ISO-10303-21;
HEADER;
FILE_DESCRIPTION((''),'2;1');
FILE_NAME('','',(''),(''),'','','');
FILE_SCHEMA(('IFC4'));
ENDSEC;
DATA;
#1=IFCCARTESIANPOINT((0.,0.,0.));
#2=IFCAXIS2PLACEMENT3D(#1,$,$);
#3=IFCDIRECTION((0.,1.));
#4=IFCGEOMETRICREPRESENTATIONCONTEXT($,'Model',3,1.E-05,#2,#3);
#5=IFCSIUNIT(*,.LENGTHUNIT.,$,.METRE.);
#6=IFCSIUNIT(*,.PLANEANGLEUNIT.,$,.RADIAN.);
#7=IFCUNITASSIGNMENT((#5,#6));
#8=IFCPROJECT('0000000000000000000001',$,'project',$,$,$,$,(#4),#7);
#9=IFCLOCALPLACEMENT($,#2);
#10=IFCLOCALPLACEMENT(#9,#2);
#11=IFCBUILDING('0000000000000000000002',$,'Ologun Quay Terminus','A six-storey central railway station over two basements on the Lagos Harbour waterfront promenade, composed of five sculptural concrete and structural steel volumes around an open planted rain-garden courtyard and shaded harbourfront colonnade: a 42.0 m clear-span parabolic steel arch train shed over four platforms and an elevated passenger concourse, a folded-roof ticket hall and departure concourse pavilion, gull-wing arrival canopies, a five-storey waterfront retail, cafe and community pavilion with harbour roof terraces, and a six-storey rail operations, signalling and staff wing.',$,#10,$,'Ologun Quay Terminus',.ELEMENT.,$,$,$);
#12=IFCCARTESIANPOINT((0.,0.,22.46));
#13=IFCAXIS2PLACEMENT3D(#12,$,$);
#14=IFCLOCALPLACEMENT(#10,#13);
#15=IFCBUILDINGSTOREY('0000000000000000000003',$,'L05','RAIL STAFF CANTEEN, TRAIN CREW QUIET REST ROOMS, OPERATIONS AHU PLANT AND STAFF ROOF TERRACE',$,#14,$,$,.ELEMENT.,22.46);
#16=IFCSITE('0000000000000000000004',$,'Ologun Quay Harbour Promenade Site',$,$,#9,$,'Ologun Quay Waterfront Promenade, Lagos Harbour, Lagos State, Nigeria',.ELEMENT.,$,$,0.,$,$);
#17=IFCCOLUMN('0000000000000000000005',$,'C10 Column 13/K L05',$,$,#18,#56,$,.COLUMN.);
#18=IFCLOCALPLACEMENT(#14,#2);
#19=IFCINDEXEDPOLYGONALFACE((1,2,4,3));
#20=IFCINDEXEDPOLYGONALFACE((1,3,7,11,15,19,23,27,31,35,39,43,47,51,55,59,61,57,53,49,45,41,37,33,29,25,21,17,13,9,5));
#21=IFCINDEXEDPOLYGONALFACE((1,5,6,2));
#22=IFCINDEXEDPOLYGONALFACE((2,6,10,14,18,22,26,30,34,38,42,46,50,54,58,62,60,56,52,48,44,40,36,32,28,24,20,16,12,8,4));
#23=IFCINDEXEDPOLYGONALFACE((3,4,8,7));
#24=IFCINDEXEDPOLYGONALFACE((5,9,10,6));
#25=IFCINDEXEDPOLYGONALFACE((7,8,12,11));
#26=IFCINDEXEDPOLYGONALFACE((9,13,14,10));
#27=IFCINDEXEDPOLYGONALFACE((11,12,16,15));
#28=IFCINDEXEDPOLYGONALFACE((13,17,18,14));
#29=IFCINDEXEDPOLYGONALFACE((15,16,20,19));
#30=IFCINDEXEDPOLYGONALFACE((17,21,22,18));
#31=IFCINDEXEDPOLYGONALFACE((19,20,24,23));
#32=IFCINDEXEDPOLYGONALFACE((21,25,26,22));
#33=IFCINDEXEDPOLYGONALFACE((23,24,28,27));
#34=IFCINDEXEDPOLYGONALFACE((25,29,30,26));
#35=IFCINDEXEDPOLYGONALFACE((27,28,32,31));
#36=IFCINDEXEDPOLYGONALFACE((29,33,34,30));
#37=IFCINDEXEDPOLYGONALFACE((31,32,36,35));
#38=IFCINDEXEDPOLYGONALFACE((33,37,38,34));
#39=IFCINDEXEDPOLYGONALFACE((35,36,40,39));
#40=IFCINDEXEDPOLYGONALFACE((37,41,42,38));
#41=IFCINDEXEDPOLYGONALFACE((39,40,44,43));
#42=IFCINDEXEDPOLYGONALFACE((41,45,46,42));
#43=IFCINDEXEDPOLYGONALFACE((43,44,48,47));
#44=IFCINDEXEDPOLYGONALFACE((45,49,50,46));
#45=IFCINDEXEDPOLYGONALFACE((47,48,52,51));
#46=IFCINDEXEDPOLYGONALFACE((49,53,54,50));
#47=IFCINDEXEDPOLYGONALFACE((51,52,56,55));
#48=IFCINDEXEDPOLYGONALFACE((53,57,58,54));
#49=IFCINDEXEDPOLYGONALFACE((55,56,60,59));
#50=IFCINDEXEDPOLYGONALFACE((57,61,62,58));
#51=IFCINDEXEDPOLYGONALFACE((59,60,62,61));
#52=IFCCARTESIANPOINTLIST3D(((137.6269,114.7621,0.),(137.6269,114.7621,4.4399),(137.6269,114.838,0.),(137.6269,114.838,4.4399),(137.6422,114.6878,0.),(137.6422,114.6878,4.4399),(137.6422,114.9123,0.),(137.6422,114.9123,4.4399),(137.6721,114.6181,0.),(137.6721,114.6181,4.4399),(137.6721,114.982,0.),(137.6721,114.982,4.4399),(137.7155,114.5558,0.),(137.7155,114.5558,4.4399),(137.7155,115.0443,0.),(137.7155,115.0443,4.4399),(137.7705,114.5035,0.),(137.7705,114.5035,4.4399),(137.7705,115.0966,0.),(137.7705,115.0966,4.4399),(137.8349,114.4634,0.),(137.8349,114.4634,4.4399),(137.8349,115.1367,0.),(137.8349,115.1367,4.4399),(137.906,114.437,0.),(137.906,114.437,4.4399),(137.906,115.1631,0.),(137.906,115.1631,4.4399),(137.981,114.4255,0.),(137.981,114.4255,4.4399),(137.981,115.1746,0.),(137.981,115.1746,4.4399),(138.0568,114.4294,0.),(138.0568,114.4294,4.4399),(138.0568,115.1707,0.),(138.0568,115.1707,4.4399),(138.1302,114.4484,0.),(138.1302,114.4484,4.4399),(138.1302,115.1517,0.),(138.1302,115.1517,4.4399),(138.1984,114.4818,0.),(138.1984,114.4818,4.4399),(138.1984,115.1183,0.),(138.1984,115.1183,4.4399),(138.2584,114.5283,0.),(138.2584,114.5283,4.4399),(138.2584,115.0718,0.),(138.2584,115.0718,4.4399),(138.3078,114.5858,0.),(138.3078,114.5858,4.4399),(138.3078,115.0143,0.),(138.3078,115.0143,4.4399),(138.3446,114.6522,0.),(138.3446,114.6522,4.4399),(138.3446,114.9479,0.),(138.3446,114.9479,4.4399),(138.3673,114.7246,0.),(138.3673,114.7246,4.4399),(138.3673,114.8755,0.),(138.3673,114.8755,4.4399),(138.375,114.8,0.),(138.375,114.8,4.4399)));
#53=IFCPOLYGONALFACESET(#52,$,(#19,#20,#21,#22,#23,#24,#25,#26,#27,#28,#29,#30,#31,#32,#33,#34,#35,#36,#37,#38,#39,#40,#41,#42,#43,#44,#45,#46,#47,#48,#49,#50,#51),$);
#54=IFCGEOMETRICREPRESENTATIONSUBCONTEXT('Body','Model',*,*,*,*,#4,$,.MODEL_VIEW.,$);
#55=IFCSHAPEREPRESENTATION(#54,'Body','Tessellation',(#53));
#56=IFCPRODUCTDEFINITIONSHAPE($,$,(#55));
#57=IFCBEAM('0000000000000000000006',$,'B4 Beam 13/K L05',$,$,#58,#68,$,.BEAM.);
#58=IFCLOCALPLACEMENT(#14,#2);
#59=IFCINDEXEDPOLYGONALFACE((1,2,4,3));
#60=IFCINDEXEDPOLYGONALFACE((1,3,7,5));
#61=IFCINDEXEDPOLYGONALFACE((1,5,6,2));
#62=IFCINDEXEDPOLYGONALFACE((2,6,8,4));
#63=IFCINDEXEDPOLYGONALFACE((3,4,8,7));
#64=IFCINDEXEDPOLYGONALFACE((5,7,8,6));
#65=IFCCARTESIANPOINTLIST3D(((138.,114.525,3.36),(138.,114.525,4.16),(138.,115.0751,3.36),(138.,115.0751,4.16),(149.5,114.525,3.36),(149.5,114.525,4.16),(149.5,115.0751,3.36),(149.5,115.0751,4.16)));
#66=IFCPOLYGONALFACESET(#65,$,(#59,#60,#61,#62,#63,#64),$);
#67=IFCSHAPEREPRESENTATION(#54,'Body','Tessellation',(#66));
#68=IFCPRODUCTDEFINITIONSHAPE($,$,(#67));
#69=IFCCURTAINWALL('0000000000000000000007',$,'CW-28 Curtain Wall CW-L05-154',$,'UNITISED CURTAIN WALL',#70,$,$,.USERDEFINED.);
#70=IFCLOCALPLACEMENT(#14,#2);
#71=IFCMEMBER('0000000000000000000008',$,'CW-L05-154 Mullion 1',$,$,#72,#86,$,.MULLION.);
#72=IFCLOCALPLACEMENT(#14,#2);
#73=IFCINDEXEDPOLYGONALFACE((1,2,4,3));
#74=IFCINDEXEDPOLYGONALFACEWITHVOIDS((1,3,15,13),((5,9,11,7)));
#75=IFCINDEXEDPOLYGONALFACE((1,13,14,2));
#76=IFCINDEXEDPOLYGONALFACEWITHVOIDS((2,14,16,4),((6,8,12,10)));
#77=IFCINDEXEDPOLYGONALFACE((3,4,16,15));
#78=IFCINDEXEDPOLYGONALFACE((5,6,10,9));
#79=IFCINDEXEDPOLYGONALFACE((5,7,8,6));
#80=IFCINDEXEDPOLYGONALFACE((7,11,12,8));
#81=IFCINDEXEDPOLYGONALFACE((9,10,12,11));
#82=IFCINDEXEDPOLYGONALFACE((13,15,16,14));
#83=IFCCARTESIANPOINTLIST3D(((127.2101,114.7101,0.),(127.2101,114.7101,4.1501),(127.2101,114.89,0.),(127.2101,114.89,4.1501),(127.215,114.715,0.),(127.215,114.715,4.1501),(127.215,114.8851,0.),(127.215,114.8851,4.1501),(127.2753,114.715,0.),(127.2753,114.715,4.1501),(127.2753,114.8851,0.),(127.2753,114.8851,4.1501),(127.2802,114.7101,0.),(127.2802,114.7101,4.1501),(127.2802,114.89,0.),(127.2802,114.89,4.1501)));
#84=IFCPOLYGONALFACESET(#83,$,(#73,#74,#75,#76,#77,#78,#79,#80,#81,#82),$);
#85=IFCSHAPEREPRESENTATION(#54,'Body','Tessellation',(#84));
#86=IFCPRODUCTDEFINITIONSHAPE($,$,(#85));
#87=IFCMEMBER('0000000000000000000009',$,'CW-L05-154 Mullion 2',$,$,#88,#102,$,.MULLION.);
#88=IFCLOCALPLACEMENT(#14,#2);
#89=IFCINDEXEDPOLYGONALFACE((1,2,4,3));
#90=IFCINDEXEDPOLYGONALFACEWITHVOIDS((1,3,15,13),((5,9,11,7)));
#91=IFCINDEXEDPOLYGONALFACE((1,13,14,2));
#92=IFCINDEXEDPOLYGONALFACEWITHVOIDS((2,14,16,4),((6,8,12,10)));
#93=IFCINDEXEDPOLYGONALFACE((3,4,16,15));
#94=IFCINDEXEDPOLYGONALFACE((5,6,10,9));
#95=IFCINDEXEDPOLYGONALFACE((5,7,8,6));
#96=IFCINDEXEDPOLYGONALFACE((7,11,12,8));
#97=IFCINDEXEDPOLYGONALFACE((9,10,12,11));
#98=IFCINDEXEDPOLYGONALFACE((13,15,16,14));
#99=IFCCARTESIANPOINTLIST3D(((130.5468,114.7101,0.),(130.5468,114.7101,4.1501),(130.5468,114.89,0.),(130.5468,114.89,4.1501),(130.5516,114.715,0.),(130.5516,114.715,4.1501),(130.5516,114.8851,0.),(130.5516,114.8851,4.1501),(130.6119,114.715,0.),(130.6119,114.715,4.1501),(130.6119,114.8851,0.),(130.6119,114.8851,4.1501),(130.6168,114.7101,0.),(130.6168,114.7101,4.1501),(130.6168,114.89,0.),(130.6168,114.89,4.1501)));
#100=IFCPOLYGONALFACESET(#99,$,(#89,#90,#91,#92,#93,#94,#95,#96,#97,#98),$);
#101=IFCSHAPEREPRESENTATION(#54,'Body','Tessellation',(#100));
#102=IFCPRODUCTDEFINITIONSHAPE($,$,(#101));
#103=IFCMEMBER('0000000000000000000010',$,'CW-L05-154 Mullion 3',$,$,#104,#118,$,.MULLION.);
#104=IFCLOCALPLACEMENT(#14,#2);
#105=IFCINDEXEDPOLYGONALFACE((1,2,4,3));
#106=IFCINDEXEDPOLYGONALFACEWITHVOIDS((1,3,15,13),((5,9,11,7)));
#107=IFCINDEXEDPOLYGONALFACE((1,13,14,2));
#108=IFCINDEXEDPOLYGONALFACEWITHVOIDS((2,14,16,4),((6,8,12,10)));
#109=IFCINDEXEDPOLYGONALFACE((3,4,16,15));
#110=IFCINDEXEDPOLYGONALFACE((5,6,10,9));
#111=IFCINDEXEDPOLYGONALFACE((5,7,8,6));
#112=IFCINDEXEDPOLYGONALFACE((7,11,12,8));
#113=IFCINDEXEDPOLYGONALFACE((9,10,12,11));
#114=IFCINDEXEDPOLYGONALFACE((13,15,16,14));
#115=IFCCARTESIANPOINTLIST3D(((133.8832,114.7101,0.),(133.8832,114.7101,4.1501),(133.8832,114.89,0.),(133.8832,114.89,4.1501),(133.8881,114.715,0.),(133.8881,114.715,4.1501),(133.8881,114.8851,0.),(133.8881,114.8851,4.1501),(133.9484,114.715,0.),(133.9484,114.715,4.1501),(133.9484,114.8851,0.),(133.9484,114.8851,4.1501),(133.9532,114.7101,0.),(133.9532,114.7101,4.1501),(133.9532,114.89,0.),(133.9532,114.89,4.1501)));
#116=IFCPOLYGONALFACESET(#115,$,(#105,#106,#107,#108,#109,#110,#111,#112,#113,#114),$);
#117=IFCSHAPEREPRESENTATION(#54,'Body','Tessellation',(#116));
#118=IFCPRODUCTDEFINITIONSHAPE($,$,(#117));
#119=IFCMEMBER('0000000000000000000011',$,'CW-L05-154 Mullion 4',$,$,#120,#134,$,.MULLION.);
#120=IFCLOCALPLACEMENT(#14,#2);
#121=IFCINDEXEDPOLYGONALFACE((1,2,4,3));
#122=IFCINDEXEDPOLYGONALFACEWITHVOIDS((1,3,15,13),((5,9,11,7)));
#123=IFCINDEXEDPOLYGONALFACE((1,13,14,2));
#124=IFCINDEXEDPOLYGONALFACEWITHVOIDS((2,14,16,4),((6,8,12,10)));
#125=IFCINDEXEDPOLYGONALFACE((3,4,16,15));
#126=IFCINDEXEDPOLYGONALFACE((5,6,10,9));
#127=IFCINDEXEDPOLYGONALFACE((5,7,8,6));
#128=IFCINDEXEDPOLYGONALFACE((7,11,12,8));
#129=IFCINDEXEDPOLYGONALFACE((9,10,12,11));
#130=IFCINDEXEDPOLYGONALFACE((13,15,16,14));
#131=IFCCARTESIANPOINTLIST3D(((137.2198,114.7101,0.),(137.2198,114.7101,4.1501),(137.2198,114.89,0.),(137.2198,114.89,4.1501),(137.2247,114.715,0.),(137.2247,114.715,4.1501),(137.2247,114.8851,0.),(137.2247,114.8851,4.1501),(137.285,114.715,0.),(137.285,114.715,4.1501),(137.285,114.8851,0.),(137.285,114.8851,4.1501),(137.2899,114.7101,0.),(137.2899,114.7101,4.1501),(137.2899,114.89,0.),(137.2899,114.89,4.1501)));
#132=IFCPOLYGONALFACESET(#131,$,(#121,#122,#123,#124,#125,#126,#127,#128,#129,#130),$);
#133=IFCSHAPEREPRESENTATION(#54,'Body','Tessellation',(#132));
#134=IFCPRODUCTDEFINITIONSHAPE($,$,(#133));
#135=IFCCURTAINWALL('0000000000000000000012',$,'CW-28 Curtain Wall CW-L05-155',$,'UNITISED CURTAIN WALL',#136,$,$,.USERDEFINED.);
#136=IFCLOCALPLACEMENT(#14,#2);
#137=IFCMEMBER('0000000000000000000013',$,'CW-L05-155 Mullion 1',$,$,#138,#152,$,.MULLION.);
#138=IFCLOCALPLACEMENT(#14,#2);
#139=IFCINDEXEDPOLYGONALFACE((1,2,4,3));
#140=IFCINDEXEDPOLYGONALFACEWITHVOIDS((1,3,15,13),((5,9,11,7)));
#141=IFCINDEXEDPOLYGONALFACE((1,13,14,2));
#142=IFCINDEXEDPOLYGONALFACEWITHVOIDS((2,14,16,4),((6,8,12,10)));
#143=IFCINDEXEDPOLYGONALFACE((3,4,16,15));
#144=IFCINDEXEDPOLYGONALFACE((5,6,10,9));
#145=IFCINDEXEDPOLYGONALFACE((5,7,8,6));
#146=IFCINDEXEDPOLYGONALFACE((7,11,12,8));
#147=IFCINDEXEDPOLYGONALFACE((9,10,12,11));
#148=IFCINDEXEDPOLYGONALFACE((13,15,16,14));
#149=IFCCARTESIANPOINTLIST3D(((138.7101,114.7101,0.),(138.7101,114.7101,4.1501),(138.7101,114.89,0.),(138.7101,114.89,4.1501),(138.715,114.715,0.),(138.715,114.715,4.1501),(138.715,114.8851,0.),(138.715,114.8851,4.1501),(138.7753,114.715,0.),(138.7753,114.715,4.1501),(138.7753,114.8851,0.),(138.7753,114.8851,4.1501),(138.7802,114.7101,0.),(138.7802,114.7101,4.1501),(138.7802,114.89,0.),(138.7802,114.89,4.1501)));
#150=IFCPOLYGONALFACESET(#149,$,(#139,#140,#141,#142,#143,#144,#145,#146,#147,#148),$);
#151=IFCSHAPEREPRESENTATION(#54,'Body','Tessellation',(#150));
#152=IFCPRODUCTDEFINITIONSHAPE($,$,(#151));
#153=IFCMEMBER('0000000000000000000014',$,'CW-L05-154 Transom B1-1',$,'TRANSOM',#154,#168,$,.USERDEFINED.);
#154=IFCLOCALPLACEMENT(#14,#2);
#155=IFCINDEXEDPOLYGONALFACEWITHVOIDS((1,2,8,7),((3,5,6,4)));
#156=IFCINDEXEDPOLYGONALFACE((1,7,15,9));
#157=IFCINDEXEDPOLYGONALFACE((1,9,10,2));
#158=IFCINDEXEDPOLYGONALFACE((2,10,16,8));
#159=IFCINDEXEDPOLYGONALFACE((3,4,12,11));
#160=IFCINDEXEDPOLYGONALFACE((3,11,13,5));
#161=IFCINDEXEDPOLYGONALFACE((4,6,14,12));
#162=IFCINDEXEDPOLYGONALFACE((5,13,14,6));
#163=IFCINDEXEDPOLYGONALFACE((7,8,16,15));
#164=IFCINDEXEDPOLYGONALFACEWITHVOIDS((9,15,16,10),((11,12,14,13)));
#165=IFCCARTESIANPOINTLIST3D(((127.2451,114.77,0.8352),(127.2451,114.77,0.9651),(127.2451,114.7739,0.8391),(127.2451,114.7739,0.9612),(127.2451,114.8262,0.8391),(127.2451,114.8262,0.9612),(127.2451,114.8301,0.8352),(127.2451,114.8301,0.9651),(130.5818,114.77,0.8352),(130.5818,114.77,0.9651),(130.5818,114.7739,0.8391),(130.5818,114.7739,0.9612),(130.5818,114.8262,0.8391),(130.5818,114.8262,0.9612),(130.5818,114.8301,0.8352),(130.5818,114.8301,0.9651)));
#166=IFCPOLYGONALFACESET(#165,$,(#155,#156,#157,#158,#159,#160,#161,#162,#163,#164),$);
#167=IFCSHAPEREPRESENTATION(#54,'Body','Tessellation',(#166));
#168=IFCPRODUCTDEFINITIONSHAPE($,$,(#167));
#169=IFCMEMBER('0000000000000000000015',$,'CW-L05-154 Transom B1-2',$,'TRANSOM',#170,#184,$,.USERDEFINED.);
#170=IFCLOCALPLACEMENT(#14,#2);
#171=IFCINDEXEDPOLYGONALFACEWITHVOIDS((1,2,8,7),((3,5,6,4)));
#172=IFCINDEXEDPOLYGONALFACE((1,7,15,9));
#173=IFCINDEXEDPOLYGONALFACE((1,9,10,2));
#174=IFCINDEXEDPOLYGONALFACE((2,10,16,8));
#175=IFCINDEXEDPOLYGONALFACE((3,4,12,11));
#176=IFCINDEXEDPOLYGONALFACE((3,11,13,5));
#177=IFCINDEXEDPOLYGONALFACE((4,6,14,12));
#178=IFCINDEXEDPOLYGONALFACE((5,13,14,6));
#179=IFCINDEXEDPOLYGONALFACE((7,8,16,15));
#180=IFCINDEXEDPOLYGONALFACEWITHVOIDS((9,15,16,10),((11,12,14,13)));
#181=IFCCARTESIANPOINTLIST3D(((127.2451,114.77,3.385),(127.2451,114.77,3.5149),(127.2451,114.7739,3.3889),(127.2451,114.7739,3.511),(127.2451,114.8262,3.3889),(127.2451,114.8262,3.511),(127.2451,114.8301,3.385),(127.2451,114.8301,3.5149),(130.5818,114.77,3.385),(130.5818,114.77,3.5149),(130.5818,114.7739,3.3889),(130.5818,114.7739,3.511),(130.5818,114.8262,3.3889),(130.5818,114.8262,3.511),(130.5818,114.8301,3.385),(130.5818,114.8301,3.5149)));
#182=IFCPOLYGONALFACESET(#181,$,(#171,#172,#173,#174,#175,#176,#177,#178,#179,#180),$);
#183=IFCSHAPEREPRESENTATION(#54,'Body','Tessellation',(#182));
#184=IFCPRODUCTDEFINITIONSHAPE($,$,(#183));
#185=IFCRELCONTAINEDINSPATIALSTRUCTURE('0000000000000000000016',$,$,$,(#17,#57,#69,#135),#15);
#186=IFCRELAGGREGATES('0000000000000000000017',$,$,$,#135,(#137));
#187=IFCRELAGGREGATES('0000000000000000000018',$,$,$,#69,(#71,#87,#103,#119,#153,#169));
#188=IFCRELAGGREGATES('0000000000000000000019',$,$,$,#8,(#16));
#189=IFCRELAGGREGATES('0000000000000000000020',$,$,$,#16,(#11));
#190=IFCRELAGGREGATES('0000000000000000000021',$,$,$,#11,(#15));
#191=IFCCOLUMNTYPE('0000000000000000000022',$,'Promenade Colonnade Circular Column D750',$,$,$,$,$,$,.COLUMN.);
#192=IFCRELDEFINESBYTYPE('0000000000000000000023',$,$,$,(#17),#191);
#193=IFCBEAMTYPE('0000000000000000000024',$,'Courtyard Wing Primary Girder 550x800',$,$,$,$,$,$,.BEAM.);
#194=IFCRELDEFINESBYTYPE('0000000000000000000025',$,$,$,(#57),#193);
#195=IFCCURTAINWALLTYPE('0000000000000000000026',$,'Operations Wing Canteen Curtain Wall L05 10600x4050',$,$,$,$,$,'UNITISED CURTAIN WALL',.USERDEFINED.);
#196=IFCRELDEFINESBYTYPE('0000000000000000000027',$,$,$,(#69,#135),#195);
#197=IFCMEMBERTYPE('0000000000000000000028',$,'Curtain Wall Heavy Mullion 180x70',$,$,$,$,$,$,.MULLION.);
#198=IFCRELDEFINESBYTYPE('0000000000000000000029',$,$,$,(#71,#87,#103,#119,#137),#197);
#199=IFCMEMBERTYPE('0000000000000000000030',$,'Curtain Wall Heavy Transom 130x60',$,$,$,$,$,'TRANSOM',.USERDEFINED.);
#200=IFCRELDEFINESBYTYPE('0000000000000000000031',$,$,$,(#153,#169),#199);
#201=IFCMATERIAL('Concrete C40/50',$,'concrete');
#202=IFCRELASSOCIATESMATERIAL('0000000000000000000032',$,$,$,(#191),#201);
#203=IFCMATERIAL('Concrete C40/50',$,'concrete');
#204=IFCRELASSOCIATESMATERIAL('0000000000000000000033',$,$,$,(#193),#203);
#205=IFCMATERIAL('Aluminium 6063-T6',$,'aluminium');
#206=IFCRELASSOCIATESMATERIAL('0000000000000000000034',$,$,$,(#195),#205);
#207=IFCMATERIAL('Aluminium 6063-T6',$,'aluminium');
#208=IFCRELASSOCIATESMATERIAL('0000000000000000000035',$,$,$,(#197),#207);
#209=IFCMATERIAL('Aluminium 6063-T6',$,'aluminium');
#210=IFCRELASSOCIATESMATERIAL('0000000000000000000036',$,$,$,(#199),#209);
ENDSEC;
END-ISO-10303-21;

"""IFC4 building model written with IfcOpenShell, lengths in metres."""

from ifc_helpers import new_model, si_unit, direction, frame, origin, origin_2d, place, context, subcontext, project, spatial, rectangle, hollow_rectangle, circle, extrude, material, material_profile, profile_set, type_object, element, aggregate, save


model = new_model("IFC4")

# Units and contexts
model_context = context("Model", 3, precision=1e-05, world=origin(), true_north=direction((0.0, 1.0)))
body_context = subcontext(model_context, "Body", "Model", "MODEL_VIEW")
ifc_project = project(units=[si_unit("LENGTHUNIT", "METRE"), si_unit("PLANEANGLEUNIT", "RADIAN")], contexts=[model_context])

# Site, building, storey
site_placement = place(None, origin())
site = spatial("IfcSite", under=ifc_project, at=site_placement, Name="Ologun Quay Harbour Promenade Site", LongName="Ologun Quay Waterfront Promenade, Lagos Harbour, Lagos State, Nigeria", CompositionType="ELEMENT", RefElevation=0.0)
building_placement = place(site_placement, origin())
building = spatial("IfcBuilding", under=site, at=building_placement, Name="Ologun Quay Terminus", Description="A six-storey central railway station over two basements on the Lagos Harbour waterfront promenade, composed of five sculptural concrete and structural steel volumes around an open planted rain-garden courtyard and shaded harbourfront colonnade: a 42.0 m clear-span parabolic steel arch train shed over four platforms and an elevated passenger concourse, a folded-roof ticket hall and departure concourse pavilion, gull-wing arrival canopies, a five-storey waterfront retail, cafe and community pavilion with harbour roof terraces, and a six-storey rail operations, signalling and staff wing.", LongName="Ologun Quay Terminus", CompositionType="ELEMENT")
storey_placement = place(building_placement, frame((0.0, 0.0, 22.46)))
storey = spatial("IfcBuildingStorey", under=building, at=storey_placement, Name="L05", Description="RAIL STAFF CANTEEN, TRAIN CREW QUIET REST ROOMS, OPERATIONS AHU PLANT AND STAFF ROOF TERRACE", CompositionType="ELEMENT", Elevation=22.46)

# Column
ifc_material_1 = material(Name="Concrete C40/50", Category="concrete")
ifc_material_profile_1 = material_profile(ifc_material_1, circle(Radius=0.375, at=origin_2d()), Name="RC D750")
ifc_profile_set_1 = profile_set([ifc_material_profile_1], Name="Concrete C40/50")
column_type = type_object("IfcColumnType", Name="Promenade Colonnade Circular Column D750", PredefinedType="COLUMN", material=ifc_profile_set_1)
column_placement = place(storey_placement, frame((138.0, 114.8, 0.0), z_axis=(0.0, 0.0, 1.0), x_axis=(1.0, 0.0, 0.0)))
element("IfcColumn", 1, at=column_placement, inside=storey, type_object=column_type, Name="C10 Column 13/K L05", PredefinedType="COLUMN", context=body_context, shape_type="SweptSolid", body=[
    extrude(circle(Radius=0.375, at=origin_2d()), origin(), (0.0, 0.0, 1.0), 4.4399),
])

# Beam
ifc_material_2 = material(Name="Concrete C40/50", Category="concrete")
ifc_material_profile_2 = material_profile(ifc_material_2, rectangle(XDim=0.55, YDim=0.8, at=origin_2d()), Name="RC 550x800")
ifc_profile_set_2 = profile_set([ifc_material_profile_2], Name="Concrete C40/50")
beam_type = type_object("IfcBeamType", Name="Courtyard Wing Primary Girder 550x800", PredefinedType="BEAM", material=ifc_profile_set_2)
beam_placement = place(storey_placement, frame((138.0, 114.8, 3.76), z_axis=(1.0, 0.0, 0.0), x_axis=(0.0, 1.0, 0.0)))
element("IfcBeam", 2, at=beam_placement, inside=storey, type_object=beam_type, Name="B4 Beam 13/K L05", PredefinedType="BEAM", context=body_context, shape_type="SweptSolid", body=[
    extrude(rectangle(XDim=0.55, YDim=0.8, at=origin_2d()), origin(), (0.0, 0.0, 1.0), 11.5),
])

# Curtain wall, members
ifc_material_3 = material(Name="Aluminium 6063-T6", Category="aluminium")
curtain_wall_type = type_object("IfcCurtainWallType", Name="Operations Wing Canteen Curtain Wall L05 10600x4050", ElementType="UNITISED CURTAIN WALL", PredefinedType="USERDEFINED", material=ifc_material_3)
curtain_wall_1_placement = place(storey_placement, origin())
curtain_wall_1 = element("IfcCurtainWall", 3, at=curtain_wall_1_placement, inside=storey, type_object=curtain_wall_type, Name="CW-28 Curtain Wall CW-L05-154", ObjectType="UNITISED CURTAIN WALL", PredefinedType="USERDEFINED")
ifc_material_4 = material(Name="Aluminium 6063-T6", Category="aluminium")
ifc_material_profile_3 = material_profile(ifc_material_4, hollow_rectangle(XDim=0.0701, YDim=0.1799, WallThickness=0.0049, at=origin_2d()), Name="ALU 180x70x5")
ifc_profile_set_3 = profile_set([ifc_material_profile_3], Name="Aluminium 6063-T6")
member_type_1 = type_object("IfcMemberType", Name="Curtain Wall Heavy Mullion 180x70", PredefinedType="MULLION", material=ifc_profile_set_3)
member_1_placement = place(storey_placement, frame((127.2451, 114.8, 0.0), z_axis=(0.0, 0.0, 1.0), x_axis=(1.0, 0.0, 0.0)))
member_1 = element("IfcMember", 4, at=member_1_placement, type_object=member_type_1, Name="CW-L05-154 Mullion 1", PredefinedType="MULLION", context=body_context, shape_type="SweptSolid", body=[
    extrude(hollow_rectangle(XDim=0.0701, YDim=0.1799, WallThickness=0.0049, at=origin_2d()), origin(), (0.0, 0.0, 1.0), 4.1501),
])
member_2_placement = place(storey_placement, frame((130.5818, 114.8, 0.0), z_axis=(0.0, 0.0, 1.0), x_axis=(1.0, 0.0, 0.0)))
member_2 = element("IfcMember", 5, at=member_2_placement, type_object=member_type_1, Name="CW-L05-154 Mullion 2", PredefinedType="MULLION", context=body_context, shape_type="SweptSolid", body=[
    extrude(hollow_rectangle(XDim=0.0701, YDim=0.1799, WallThickness=0.0049, at=origin_2d()), origin(), (0.0, 0.0, 1.0), 4.1501),
])
member_3_placement = place(storey_placement, frame((133.9182, 114.8, 0.0), z_axis=(0.0, 0.0, 1.0), x_axis=(1.0, 0.0, 0.0)))
member_3 = element("IfcMember", 6, at=member_3_placement, type_object=member_type_1, Name="CW-L05-154 Mullion 3", PredefinedType="MULLION", context=body_context, shape_type="SweptSolid", body=[
    extrude(hollow_rectangle(XDim=0.0701, YDim=0.1799, WallThickness=0.0049, at=origin_2d()), origin(), (0.0, 0.0, 1.0), 4.1501),
])
member_4_placement = place(storey_placement, frame((137.2549, 114.8, 0.0), z_axis=(0.0, 0.0, 1.0), x_axis=(1.0, 0.0, 0.0)))
member_4 = element("IfcMember", 7, at=member_4_placement, type_object=member_type_1, Name="CW-L05-154 Mullion 4", PredefinedType="MULLION", context=body_context, shape_type="SweptSolid", body=[
    extrude(hollow_rectangle(XDim=0.0701, YDim=0.1799, WallThickness=0.0049, at=origin_2d()), origin(), (0.0, 0.0, 1.0), 4.1501),
])

# Curtain wall, member
curtain_wall_2_placement = place(storey_placement, origin())
curtain_wall_2 = element("IfcCurtainWall", 8, at=curtain_wall_2_placement, inside=storey, type_object=curtain_wall_type, Name="CW-28 Curtain Wall CW-L05-155", ObjectType="UNITISED CURTAIN WALL", PredefinedType="USERDEFINED")
member_5_placement = place(storey_placement, frame((138.7451, 114.8, 0.0), z_axis=(0.0, 0.0, 1.0), x_axis=(1.0, 0.0, 0.0)))
member_5 = element("IfcMember", 9, at=member_5_placement, type_object=member_type_1, Name="CW-L05-155 Mullion 1", PredefinedType="MULLION", context=body_context, shape_type="SweptSolid", body=[
    extrude(hollow_rectangle(XDim=0.0701, YDim=0.1799, WallThickness=0.0049, at=origin_2d()), origin(), (0.0, 0.0, 1.0), 4.1501),
])

# Members
ifc_material_5 = material(Name="Aluminium 6063-T6", Category="aluminium")
ifc_material_profile_4 = material_profile(ifc_material_5, hollow_rectangle(XDim=0.0601, YDim=0.1299, WallThickness=0.0039, at=origin_2d()), Name="ALU 130x60x4")
ifc_profile_set_4 = profile_set([ifc_material_profile_4], Name="Aluminium 6063-T6")
member_type_2 = type_object("IfcMemberType", Name="Curtain Wall Heavy Transom 130x60", ElementType="TRANSOM", PredefinedType="USERDEFINED", material=ifc_profile_set_4)
member_6_placement = place(storey_placement, frame((127.2451, 114.8, 0.9001), z_axis=(1.0, 0.0, 0.0), x_axis=(0.0, 1.0, 0.0)))
member_6 = element("IfcMember", 10, at=member_6_placement, type_object=member_type_2, Name="CW-L05-154 Transom B1-1", ObjectType="TRANSOM", PredefinedType="USERDEFINED", context=body_context, shape_type="SweptSolid", body=[
    extrude(hollow_rectangle(XDim=0.0601, YDim=0.1299, WallThickness=0.0039, at=origin_2d()), origin(), (0.0, 0.0, 1.0), 3.3367),
])
member_7_placement = place(storey_placement, frame((127.2451, 114.8, 3.45), z_axis=(1.0, 0.0, 0.0), x_axis=(0.0, 1.0, 0.0)))
member_7 = element("IfcMember", 11, at=member_7_placement, type_object=member_type_2, Name="CW-L05-154 Transom B1-2", ObjectType="TRANSOM", PredefinedType="USERDEFINED", context=body_context, shape_type="SweptSolid", body=[
    extrude(hollow_rectangle(XDim=0.0601, YDim=0.1299, WallThickness=0.0039, at=origin_2d()), origin(), (0.0, 0.0, 1.0), 3.3367),
])
aggregate(curtain_wall_2, [member_5])

aggregate(curtain_wall_1, [member_1, member_2, member_3, member_4, member_6, member_7])

save(model, "model.ifc")
